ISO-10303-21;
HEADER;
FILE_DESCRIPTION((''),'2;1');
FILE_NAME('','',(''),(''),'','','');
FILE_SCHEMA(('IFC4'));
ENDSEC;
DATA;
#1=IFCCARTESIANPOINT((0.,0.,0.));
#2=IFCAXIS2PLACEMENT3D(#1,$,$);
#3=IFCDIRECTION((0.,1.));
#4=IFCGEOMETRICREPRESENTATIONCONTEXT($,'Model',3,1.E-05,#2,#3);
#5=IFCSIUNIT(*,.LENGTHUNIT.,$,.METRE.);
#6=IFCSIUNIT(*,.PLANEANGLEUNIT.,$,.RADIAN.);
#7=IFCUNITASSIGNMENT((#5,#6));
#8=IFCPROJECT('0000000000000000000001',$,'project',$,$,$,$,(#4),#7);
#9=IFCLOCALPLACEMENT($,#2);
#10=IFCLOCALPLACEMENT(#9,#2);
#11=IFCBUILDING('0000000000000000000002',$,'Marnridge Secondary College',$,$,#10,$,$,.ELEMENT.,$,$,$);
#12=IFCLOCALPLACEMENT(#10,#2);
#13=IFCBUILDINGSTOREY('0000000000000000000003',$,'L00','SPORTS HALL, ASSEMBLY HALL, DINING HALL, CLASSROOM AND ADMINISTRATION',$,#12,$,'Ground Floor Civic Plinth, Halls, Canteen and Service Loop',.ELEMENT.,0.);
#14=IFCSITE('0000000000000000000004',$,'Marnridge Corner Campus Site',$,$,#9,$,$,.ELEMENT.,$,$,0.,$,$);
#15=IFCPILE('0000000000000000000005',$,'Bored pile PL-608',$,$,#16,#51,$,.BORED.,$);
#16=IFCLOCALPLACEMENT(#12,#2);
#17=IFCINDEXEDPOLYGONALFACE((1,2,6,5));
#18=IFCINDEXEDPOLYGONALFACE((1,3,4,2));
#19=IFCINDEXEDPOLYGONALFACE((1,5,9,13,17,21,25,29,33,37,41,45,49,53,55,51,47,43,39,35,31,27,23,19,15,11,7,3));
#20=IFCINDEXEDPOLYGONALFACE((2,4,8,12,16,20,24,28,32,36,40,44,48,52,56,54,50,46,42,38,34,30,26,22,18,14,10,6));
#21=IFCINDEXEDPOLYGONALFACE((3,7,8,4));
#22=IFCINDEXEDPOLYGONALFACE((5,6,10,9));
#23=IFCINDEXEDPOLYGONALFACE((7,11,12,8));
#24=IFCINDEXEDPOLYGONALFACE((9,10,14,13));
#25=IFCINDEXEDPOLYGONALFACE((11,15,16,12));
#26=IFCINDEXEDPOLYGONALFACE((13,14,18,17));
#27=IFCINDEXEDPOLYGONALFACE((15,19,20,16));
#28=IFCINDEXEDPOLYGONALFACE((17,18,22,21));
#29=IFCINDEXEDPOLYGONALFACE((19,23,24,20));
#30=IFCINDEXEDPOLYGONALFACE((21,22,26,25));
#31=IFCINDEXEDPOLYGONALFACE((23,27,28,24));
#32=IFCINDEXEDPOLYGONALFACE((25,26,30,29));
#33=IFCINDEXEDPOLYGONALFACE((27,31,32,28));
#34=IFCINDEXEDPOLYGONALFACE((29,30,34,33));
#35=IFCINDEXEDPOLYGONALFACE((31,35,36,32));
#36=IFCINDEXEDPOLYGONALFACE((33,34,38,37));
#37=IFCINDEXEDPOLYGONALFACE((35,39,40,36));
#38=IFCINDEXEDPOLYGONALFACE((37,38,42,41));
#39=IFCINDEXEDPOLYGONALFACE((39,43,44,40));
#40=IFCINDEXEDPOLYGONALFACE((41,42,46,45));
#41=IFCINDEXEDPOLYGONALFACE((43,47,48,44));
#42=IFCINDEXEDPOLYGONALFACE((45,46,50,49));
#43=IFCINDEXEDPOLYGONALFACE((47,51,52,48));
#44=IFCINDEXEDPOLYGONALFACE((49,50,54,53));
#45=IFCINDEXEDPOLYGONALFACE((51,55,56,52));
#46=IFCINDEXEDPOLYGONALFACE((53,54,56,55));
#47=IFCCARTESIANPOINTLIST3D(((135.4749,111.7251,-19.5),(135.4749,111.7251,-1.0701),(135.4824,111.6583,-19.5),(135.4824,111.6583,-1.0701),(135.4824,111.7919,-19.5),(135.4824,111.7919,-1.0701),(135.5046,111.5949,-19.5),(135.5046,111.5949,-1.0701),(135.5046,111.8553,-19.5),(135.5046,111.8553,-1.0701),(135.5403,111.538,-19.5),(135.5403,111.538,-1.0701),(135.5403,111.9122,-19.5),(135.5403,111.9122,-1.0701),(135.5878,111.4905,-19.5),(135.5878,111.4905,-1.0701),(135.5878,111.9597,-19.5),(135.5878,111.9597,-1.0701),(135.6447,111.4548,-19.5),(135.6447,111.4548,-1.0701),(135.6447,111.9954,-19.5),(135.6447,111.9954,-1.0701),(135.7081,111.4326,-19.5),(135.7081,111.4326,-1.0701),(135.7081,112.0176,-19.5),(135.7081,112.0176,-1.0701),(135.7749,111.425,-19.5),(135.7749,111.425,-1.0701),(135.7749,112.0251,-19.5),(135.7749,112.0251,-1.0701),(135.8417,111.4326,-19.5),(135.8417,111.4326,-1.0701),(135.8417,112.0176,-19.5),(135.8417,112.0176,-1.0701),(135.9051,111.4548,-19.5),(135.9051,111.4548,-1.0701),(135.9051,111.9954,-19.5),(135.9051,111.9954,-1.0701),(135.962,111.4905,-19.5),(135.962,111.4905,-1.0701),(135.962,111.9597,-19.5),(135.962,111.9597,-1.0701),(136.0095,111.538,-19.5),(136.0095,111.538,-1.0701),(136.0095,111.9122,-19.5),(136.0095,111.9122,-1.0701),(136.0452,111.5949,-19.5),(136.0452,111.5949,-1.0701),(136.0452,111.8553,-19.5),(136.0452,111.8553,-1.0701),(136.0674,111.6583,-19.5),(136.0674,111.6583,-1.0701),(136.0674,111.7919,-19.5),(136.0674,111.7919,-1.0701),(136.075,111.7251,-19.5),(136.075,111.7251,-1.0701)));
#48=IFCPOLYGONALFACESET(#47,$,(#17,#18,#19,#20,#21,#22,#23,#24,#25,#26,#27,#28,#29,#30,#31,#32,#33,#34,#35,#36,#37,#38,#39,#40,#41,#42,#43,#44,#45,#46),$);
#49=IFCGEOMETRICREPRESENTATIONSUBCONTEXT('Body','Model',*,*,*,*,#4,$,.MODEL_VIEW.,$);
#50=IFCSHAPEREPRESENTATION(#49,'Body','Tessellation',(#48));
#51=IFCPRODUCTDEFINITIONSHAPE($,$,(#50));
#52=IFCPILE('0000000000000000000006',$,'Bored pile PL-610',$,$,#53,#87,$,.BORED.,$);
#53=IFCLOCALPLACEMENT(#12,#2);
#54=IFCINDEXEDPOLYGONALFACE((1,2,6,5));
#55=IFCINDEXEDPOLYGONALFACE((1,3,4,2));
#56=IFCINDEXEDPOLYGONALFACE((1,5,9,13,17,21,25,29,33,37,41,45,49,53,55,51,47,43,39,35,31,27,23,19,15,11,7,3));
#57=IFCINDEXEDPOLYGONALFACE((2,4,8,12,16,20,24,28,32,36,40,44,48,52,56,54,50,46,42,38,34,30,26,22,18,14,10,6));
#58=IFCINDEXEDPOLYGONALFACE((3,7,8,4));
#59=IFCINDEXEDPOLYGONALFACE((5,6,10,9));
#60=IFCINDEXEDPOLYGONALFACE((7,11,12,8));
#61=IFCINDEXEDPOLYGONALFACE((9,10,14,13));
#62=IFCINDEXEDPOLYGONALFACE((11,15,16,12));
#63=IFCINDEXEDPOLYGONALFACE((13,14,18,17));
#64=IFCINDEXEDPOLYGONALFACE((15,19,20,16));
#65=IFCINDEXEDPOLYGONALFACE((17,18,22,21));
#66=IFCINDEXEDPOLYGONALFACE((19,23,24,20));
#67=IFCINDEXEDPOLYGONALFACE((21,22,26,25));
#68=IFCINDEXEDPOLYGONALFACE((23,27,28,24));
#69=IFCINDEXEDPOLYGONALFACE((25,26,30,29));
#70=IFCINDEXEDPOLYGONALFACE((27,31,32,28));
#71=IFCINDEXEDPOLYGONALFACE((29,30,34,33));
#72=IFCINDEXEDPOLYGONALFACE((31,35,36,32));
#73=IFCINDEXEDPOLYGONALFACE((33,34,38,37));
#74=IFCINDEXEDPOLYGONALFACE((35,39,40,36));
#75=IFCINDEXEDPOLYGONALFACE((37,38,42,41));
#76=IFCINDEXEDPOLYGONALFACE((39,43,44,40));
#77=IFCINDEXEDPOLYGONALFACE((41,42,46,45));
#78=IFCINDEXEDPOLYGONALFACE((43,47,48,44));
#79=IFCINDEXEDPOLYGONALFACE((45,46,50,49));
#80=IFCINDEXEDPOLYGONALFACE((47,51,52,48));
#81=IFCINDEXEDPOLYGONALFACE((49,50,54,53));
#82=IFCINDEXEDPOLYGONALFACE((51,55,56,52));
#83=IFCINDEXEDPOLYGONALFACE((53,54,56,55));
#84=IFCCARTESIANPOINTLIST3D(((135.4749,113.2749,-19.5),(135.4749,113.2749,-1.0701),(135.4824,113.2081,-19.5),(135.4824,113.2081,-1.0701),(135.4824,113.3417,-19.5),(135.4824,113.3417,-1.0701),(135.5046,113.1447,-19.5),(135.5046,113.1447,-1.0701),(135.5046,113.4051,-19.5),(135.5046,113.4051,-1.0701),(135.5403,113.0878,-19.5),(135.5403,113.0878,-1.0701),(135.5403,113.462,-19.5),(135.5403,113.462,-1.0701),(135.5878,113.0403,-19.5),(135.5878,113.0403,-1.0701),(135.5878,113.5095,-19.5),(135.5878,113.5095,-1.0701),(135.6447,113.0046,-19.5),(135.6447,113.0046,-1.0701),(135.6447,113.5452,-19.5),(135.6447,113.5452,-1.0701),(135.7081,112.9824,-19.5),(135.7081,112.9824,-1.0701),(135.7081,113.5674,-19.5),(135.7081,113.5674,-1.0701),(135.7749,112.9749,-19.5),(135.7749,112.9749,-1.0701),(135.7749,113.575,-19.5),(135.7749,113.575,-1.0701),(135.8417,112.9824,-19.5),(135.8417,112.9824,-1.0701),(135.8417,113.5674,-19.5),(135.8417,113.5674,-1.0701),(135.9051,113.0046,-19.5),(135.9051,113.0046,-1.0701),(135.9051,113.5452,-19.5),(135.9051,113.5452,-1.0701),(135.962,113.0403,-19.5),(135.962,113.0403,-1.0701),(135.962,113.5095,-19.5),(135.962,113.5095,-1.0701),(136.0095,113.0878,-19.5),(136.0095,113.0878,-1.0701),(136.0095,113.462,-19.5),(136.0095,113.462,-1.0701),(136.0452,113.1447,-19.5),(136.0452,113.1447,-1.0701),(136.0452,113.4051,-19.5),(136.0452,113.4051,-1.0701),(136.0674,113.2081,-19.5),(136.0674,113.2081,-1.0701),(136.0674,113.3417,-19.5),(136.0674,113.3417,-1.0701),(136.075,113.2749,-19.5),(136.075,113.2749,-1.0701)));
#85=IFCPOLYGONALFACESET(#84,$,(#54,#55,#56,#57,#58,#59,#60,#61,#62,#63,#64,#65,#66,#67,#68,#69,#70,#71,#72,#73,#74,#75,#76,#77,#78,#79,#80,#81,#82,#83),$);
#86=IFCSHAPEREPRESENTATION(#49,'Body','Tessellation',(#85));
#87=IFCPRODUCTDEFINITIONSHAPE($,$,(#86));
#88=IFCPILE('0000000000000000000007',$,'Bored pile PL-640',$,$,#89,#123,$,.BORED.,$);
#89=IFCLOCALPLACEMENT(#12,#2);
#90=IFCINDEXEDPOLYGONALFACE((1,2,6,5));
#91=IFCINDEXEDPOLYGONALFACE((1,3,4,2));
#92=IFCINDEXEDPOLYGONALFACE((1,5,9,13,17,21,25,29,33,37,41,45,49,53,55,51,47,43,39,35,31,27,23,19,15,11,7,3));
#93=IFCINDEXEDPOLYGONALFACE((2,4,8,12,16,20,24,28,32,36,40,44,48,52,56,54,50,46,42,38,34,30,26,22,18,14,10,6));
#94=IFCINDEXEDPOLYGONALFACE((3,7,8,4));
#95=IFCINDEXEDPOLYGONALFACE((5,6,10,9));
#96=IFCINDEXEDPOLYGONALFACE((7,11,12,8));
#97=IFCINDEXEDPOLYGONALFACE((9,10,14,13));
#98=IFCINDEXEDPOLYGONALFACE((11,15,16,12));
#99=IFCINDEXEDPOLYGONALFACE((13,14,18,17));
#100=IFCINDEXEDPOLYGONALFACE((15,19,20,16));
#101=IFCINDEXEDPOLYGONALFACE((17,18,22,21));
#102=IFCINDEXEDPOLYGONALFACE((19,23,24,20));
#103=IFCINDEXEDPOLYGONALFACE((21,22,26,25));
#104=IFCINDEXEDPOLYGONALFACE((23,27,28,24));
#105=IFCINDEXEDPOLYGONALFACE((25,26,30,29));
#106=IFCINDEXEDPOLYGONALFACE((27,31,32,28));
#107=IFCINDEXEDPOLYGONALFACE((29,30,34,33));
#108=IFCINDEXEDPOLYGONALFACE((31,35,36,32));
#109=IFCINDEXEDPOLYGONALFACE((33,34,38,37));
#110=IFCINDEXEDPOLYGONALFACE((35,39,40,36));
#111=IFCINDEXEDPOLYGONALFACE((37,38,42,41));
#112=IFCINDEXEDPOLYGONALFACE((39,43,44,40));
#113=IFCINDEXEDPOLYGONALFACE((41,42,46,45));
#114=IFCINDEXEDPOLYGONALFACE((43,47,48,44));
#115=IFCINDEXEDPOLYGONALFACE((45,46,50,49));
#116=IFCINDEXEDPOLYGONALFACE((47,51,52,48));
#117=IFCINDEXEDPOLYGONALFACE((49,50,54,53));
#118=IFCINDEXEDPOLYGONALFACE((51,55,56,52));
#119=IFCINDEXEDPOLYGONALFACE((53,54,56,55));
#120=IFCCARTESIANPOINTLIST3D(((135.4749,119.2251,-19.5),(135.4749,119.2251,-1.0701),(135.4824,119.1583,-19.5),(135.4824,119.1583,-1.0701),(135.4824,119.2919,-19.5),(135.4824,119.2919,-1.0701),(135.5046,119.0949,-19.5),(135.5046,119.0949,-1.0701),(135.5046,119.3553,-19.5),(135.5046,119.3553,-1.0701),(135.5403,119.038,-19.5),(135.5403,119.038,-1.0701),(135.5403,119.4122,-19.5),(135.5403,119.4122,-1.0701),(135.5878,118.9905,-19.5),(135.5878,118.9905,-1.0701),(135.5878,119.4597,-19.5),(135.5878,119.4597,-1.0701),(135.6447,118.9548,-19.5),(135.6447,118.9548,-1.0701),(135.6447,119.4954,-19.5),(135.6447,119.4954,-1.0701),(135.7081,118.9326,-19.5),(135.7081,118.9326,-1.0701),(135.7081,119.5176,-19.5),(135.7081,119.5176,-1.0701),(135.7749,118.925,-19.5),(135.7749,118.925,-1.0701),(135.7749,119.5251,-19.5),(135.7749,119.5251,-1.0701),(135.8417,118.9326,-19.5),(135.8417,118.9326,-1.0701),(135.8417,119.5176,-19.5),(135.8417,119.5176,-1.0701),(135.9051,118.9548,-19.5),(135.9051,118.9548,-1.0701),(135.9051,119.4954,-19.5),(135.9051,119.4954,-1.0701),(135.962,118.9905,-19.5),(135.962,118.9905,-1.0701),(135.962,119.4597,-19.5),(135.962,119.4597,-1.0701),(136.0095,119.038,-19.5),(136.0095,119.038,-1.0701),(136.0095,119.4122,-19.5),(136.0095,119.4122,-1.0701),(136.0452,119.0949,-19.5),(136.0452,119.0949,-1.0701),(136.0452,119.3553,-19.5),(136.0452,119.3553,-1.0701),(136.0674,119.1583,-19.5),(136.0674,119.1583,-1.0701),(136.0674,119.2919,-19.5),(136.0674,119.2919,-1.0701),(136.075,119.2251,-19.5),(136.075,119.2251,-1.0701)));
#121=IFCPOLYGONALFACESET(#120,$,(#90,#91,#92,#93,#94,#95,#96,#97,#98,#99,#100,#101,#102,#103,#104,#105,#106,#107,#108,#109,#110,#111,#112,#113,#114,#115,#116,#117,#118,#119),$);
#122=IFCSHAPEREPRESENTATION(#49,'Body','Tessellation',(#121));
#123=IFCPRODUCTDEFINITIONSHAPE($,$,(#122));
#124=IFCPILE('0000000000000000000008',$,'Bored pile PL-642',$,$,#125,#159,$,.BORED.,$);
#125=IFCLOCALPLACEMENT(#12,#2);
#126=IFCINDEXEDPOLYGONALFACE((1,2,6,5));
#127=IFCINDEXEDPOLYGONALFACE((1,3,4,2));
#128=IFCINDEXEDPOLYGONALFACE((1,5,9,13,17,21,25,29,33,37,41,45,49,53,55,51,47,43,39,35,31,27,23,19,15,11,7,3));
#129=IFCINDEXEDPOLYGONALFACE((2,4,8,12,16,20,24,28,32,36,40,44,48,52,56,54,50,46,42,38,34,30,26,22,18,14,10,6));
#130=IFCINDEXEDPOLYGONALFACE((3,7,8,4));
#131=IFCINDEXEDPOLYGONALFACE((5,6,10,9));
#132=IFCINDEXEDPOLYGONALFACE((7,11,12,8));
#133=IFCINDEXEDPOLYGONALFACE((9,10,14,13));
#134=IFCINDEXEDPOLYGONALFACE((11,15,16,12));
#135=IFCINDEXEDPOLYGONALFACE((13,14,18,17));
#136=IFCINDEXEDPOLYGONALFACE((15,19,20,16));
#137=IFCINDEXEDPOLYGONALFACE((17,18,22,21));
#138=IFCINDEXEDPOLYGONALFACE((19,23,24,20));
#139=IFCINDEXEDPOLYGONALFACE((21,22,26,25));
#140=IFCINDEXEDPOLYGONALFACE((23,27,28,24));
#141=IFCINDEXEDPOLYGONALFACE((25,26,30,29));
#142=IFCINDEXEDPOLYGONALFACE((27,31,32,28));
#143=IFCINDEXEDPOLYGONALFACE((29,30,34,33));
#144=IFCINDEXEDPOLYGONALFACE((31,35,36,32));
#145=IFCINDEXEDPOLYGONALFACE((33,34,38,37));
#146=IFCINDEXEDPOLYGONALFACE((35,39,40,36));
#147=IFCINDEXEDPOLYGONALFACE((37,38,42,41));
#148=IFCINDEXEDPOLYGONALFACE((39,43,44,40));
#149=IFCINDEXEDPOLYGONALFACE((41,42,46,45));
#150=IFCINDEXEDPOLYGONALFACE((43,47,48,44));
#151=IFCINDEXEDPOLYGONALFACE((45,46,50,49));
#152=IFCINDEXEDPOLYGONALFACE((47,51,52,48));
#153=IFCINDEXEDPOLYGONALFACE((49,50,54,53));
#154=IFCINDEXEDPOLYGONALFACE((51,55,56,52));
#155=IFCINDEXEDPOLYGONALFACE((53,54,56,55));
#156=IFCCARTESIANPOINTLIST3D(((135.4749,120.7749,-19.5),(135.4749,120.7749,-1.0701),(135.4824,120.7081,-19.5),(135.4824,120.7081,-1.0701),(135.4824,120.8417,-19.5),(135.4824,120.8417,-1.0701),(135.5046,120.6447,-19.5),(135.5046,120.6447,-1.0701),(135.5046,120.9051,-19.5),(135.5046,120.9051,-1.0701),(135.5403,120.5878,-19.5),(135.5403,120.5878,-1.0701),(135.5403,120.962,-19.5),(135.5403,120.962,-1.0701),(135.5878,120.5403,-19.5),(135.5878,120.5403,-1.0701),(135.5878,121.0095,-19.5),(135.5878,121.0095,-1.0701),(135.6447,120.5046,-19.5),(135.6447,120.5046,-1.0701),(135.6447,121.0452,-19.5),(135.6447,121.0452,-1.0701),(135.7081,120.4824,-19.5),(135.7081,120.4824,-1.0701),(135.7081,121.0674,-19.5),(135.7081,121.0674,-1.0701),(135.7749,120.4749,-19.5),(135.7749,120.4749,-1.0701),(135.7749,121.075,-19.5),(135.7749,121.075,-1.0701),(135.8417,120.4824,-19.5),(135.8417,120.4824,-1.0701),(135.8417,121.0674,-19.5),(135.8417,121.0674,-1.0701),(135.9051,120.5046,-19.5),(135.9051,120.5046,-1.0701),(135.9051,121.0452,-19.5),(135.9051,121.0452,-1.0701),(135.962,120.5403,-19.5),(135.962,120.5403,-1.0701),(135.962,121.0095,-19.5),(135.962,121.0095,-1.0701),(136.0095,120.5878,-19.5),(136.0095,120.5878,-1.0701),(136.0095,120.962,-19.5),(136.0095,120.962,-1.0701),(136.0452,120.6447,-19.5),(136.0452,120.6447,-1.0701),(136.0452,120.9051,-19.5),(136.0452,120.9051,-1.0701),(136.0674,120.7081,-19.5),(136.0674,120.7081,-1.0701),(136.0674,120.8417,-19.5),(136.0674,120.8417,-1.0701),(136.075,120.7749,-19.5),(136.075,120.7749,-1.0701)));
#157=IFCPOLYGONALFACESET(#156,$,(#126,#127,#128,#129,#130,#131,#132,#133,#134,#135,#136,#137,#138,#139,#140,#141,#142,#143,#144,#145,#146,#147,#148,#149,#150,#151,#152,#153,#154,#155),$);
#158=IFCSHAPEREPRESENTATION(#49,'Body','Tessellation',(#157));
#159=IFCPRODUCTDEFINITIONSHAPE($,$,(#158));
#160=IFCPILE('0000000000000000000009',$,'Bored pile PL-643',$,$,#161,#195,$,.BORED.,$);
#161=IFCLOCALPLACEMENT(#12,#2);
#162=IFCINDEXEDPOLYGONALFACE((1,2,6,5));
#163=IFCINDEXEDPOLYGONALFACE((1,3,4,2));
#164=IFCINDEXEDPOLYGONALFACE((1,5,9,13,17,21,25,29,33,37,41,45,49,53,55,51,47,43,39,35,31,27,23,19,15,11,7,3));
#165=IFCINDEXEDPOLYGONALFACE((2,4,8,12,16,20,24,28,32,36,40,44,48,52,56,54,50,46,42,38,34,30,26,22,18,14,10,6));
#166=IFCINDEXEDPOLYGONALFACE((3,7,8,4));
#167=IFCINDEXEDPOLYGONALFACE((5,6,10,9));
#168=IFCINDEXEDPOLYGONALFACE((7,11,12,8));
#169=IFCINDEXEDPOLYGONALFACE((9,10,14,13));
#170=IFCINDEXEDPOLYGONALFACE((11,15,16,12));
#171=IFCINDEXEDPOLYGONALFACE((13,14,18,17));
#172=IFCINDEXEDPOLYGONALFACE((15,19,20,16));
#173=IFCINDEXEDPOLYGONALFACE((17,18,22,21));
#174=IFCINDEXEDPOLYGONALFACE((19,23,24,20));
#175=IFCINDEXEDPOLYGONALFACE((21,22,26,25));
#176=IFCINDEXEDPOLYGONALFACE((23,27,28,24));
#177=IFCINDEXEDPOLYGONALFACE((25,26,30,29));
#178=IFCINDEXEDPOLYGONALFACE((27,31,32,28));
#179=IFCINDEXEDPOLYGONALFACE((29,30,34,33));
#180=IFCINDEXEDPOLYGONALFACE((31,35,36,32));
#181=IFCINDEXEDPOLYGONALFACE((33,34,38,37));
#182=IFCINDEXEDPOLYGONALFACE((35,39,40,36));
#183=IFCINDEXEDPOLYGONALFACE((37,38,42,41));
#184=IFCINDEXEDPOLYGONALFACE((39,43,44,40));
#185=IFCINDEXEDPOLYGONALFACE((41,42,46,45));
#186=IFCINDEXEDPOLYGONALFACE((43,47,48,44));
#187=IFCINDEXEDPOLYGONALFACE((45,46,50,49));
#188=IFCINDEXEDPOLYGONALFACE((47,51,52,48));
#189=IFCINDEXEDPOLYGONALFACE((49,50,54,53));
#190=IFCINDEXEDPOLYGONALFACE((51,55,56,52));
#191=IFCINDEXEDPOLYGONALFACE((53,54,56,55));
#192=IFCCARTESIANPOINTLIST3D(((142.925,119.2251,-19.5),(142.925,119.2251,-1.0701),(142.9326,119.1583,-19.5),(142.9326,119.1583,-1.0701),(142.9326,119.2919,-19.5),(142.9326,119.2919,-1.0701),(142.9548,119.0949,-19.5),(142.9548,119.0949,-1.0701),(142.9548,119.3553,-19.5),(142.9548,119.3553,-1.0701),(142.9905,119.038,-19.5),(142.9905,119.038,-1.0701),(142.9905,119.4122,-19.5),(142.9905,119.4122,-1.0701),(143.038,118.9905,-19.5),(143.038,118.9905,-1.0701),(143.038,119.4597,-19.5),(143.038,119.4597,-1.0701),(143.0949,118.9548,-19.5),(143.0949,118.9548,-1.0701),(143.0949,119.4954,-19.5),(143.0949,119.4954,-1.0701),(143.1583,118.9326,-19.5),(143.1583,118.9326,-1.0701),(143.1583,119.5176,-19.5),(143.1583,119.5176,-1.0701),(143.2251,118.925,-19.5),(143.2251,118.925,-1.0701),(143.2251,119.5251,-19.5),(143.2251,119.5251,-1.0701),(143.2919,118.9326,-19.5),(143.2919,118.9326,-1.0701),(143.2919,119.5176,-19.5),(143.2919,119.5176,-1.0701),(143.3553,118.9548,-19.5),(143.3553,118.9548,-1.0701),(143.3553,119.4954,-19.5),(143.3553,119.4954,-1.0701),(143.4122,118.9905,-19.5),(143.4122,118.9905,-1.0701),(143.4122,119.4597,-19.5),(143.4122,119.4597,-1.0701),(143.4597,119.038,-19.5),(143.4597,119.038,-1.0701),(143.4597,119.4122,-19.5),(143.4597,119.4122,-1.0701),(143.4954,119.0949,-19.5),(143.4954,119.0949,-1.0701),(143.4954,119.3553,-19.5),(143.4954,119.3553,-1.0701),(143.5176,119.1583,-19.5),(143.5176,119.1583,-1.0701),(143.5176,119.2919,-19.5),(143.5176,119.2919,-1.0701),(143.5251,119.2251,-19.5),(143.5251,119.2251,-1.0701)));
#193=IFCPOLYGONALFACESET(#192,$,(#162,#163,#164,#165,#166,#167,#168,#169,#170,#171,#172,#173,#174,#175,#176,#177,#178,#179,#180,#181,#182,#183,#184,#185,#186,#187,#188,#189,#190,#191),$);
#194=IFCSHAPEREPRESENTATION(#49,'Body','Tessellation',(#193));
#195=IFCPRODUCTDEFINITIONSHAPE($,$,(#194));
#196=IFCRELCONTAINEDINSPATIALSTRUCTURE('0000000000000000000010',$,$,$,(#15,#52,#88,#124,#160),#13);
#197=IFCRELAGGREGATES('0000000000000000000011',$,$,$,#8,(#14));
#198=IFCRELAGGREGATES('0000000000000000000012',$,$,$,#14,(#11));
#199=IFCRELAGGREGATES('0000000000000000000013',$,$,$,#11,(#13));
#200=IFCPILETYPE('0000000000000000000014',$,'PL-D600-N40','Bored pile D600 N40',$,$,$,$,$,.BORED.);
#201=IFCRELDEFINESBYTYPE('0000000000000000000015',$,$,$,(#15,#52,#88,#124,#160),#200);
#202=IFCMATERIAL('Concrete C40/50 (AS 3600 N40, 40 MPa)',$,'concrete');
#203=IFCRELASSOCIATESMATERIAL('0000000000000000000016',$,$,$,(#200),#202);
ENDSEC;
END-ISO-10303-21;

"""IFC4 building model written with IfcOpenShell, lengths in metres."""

from ifc_helpers import new_model, si_unit, direction, frame, origin, origin_2d, place, context, subcontext, project, spatial, circle, extrude, material, material_profile, profile_set, type_object, element, save


model = new_model("IFC4")

# Units and contexts
model_context = context("Model", 3, precision=1e-05, world=origin(), true_north=direction((0.0, 1.0)))
body_context = subcontext(model_context, "Body", "Model", "MODEL_VIEW")
ifc_project = project(units=[si_unit("LENGTHUNIT", "METRE"), si_unit("PLANEANGLEUNIT", "RADIAN")], contexts=[model_context])

# Site, building, storey
site_placement = place(None, origin())
site = spatial("IfcSite", under=ifc_project, at=site_placement, Name="Marnridge Corner Campus Site", CompositionType="ELEMENT", RefElevation=0.0)
building_placement = place(site_placement, origin())
building = spatial("IfcBuilding", under=site, at=building_placement, Name="Marnridge Secondary College", CompositionType="ELEMENT")
storey_placement = place(building_placement, origin())
storey = spatial("IfcBuildingStorey", under=building, at=storey_placement, Name="L00", Description="SPORTS HALL, ASSEMBLY HALL, DINING HALL, CLASSROOM AND ADMINISTRATION", LongName="Ground Floor Civic Plinth, Halls, Canteen and Service Loop", CompositionType="ELEMENT", Elevation=0.0)

# Piles
ifc_material_1 = material(Name="Concrete C40/50 (AS 3600 N40, 40 MPa)", Category="concrete")
ifc_material_profile_1 = material_profile(ifc_material_1, circle(Radius=0.3, at=origin_2d()), Name="PILE D600")
ifc_profile_set_1 = profile_set([ifc_material_profile_1], Name="Concrete C40/50 (AS 3600 N40, 40 MPa)")
pile_type = type_object("IfcPileType", Name="PL-D600-N40", Description="Bored pile D600 N40", PredefinedType="BORED", material=ifc_profile_set_1)
for number, where, z_axis, x_axis, name in (
    (1, (135.7749, 111.7251, -1.0701), (0.0, 0.0, -1.0), (1.0, 0.0, 0.0), "Bored pile PL-608"),
    (2, (135.7749, 113.2749, -1.0701), (0.0, 0.0, -1.0), (1.0, 0.0, 0.0), "Bored pile PL-610"),
    (3, (135.7749, 119.2251, -1.0701), (0.0, 0.0, -1.0), (1.0, 0.0, 0.0), "Bored pile PL-640"),
    (4, (135.7749, 120.7749, -1.0701), (0.0, 0.0, -1.0), (1.0, 0.0, 0.0), "Bored pile PL-642"),
    (5, (143.2251, 119.2251, -1.0701), (0.0, 0.0, -1.0), (1.0, 0.0, 0.0), "Bored pile PL-643"),
):
    element("IfcPile", number, at=place(storey_placement, frame(where, z_axis=z_axis, x_axis=x_axis)), inside=storey, type_object=pile_type, Name=name, PredefinedType="BORED", context=body_context, shape_type="SweptSolid", body=[
        extrude(circle(Radius=0.3, at=origin_2d()), origin(), (0.0, 0.0, 1.0), 18.4299),
    ])

save(model, "model.ifc")
